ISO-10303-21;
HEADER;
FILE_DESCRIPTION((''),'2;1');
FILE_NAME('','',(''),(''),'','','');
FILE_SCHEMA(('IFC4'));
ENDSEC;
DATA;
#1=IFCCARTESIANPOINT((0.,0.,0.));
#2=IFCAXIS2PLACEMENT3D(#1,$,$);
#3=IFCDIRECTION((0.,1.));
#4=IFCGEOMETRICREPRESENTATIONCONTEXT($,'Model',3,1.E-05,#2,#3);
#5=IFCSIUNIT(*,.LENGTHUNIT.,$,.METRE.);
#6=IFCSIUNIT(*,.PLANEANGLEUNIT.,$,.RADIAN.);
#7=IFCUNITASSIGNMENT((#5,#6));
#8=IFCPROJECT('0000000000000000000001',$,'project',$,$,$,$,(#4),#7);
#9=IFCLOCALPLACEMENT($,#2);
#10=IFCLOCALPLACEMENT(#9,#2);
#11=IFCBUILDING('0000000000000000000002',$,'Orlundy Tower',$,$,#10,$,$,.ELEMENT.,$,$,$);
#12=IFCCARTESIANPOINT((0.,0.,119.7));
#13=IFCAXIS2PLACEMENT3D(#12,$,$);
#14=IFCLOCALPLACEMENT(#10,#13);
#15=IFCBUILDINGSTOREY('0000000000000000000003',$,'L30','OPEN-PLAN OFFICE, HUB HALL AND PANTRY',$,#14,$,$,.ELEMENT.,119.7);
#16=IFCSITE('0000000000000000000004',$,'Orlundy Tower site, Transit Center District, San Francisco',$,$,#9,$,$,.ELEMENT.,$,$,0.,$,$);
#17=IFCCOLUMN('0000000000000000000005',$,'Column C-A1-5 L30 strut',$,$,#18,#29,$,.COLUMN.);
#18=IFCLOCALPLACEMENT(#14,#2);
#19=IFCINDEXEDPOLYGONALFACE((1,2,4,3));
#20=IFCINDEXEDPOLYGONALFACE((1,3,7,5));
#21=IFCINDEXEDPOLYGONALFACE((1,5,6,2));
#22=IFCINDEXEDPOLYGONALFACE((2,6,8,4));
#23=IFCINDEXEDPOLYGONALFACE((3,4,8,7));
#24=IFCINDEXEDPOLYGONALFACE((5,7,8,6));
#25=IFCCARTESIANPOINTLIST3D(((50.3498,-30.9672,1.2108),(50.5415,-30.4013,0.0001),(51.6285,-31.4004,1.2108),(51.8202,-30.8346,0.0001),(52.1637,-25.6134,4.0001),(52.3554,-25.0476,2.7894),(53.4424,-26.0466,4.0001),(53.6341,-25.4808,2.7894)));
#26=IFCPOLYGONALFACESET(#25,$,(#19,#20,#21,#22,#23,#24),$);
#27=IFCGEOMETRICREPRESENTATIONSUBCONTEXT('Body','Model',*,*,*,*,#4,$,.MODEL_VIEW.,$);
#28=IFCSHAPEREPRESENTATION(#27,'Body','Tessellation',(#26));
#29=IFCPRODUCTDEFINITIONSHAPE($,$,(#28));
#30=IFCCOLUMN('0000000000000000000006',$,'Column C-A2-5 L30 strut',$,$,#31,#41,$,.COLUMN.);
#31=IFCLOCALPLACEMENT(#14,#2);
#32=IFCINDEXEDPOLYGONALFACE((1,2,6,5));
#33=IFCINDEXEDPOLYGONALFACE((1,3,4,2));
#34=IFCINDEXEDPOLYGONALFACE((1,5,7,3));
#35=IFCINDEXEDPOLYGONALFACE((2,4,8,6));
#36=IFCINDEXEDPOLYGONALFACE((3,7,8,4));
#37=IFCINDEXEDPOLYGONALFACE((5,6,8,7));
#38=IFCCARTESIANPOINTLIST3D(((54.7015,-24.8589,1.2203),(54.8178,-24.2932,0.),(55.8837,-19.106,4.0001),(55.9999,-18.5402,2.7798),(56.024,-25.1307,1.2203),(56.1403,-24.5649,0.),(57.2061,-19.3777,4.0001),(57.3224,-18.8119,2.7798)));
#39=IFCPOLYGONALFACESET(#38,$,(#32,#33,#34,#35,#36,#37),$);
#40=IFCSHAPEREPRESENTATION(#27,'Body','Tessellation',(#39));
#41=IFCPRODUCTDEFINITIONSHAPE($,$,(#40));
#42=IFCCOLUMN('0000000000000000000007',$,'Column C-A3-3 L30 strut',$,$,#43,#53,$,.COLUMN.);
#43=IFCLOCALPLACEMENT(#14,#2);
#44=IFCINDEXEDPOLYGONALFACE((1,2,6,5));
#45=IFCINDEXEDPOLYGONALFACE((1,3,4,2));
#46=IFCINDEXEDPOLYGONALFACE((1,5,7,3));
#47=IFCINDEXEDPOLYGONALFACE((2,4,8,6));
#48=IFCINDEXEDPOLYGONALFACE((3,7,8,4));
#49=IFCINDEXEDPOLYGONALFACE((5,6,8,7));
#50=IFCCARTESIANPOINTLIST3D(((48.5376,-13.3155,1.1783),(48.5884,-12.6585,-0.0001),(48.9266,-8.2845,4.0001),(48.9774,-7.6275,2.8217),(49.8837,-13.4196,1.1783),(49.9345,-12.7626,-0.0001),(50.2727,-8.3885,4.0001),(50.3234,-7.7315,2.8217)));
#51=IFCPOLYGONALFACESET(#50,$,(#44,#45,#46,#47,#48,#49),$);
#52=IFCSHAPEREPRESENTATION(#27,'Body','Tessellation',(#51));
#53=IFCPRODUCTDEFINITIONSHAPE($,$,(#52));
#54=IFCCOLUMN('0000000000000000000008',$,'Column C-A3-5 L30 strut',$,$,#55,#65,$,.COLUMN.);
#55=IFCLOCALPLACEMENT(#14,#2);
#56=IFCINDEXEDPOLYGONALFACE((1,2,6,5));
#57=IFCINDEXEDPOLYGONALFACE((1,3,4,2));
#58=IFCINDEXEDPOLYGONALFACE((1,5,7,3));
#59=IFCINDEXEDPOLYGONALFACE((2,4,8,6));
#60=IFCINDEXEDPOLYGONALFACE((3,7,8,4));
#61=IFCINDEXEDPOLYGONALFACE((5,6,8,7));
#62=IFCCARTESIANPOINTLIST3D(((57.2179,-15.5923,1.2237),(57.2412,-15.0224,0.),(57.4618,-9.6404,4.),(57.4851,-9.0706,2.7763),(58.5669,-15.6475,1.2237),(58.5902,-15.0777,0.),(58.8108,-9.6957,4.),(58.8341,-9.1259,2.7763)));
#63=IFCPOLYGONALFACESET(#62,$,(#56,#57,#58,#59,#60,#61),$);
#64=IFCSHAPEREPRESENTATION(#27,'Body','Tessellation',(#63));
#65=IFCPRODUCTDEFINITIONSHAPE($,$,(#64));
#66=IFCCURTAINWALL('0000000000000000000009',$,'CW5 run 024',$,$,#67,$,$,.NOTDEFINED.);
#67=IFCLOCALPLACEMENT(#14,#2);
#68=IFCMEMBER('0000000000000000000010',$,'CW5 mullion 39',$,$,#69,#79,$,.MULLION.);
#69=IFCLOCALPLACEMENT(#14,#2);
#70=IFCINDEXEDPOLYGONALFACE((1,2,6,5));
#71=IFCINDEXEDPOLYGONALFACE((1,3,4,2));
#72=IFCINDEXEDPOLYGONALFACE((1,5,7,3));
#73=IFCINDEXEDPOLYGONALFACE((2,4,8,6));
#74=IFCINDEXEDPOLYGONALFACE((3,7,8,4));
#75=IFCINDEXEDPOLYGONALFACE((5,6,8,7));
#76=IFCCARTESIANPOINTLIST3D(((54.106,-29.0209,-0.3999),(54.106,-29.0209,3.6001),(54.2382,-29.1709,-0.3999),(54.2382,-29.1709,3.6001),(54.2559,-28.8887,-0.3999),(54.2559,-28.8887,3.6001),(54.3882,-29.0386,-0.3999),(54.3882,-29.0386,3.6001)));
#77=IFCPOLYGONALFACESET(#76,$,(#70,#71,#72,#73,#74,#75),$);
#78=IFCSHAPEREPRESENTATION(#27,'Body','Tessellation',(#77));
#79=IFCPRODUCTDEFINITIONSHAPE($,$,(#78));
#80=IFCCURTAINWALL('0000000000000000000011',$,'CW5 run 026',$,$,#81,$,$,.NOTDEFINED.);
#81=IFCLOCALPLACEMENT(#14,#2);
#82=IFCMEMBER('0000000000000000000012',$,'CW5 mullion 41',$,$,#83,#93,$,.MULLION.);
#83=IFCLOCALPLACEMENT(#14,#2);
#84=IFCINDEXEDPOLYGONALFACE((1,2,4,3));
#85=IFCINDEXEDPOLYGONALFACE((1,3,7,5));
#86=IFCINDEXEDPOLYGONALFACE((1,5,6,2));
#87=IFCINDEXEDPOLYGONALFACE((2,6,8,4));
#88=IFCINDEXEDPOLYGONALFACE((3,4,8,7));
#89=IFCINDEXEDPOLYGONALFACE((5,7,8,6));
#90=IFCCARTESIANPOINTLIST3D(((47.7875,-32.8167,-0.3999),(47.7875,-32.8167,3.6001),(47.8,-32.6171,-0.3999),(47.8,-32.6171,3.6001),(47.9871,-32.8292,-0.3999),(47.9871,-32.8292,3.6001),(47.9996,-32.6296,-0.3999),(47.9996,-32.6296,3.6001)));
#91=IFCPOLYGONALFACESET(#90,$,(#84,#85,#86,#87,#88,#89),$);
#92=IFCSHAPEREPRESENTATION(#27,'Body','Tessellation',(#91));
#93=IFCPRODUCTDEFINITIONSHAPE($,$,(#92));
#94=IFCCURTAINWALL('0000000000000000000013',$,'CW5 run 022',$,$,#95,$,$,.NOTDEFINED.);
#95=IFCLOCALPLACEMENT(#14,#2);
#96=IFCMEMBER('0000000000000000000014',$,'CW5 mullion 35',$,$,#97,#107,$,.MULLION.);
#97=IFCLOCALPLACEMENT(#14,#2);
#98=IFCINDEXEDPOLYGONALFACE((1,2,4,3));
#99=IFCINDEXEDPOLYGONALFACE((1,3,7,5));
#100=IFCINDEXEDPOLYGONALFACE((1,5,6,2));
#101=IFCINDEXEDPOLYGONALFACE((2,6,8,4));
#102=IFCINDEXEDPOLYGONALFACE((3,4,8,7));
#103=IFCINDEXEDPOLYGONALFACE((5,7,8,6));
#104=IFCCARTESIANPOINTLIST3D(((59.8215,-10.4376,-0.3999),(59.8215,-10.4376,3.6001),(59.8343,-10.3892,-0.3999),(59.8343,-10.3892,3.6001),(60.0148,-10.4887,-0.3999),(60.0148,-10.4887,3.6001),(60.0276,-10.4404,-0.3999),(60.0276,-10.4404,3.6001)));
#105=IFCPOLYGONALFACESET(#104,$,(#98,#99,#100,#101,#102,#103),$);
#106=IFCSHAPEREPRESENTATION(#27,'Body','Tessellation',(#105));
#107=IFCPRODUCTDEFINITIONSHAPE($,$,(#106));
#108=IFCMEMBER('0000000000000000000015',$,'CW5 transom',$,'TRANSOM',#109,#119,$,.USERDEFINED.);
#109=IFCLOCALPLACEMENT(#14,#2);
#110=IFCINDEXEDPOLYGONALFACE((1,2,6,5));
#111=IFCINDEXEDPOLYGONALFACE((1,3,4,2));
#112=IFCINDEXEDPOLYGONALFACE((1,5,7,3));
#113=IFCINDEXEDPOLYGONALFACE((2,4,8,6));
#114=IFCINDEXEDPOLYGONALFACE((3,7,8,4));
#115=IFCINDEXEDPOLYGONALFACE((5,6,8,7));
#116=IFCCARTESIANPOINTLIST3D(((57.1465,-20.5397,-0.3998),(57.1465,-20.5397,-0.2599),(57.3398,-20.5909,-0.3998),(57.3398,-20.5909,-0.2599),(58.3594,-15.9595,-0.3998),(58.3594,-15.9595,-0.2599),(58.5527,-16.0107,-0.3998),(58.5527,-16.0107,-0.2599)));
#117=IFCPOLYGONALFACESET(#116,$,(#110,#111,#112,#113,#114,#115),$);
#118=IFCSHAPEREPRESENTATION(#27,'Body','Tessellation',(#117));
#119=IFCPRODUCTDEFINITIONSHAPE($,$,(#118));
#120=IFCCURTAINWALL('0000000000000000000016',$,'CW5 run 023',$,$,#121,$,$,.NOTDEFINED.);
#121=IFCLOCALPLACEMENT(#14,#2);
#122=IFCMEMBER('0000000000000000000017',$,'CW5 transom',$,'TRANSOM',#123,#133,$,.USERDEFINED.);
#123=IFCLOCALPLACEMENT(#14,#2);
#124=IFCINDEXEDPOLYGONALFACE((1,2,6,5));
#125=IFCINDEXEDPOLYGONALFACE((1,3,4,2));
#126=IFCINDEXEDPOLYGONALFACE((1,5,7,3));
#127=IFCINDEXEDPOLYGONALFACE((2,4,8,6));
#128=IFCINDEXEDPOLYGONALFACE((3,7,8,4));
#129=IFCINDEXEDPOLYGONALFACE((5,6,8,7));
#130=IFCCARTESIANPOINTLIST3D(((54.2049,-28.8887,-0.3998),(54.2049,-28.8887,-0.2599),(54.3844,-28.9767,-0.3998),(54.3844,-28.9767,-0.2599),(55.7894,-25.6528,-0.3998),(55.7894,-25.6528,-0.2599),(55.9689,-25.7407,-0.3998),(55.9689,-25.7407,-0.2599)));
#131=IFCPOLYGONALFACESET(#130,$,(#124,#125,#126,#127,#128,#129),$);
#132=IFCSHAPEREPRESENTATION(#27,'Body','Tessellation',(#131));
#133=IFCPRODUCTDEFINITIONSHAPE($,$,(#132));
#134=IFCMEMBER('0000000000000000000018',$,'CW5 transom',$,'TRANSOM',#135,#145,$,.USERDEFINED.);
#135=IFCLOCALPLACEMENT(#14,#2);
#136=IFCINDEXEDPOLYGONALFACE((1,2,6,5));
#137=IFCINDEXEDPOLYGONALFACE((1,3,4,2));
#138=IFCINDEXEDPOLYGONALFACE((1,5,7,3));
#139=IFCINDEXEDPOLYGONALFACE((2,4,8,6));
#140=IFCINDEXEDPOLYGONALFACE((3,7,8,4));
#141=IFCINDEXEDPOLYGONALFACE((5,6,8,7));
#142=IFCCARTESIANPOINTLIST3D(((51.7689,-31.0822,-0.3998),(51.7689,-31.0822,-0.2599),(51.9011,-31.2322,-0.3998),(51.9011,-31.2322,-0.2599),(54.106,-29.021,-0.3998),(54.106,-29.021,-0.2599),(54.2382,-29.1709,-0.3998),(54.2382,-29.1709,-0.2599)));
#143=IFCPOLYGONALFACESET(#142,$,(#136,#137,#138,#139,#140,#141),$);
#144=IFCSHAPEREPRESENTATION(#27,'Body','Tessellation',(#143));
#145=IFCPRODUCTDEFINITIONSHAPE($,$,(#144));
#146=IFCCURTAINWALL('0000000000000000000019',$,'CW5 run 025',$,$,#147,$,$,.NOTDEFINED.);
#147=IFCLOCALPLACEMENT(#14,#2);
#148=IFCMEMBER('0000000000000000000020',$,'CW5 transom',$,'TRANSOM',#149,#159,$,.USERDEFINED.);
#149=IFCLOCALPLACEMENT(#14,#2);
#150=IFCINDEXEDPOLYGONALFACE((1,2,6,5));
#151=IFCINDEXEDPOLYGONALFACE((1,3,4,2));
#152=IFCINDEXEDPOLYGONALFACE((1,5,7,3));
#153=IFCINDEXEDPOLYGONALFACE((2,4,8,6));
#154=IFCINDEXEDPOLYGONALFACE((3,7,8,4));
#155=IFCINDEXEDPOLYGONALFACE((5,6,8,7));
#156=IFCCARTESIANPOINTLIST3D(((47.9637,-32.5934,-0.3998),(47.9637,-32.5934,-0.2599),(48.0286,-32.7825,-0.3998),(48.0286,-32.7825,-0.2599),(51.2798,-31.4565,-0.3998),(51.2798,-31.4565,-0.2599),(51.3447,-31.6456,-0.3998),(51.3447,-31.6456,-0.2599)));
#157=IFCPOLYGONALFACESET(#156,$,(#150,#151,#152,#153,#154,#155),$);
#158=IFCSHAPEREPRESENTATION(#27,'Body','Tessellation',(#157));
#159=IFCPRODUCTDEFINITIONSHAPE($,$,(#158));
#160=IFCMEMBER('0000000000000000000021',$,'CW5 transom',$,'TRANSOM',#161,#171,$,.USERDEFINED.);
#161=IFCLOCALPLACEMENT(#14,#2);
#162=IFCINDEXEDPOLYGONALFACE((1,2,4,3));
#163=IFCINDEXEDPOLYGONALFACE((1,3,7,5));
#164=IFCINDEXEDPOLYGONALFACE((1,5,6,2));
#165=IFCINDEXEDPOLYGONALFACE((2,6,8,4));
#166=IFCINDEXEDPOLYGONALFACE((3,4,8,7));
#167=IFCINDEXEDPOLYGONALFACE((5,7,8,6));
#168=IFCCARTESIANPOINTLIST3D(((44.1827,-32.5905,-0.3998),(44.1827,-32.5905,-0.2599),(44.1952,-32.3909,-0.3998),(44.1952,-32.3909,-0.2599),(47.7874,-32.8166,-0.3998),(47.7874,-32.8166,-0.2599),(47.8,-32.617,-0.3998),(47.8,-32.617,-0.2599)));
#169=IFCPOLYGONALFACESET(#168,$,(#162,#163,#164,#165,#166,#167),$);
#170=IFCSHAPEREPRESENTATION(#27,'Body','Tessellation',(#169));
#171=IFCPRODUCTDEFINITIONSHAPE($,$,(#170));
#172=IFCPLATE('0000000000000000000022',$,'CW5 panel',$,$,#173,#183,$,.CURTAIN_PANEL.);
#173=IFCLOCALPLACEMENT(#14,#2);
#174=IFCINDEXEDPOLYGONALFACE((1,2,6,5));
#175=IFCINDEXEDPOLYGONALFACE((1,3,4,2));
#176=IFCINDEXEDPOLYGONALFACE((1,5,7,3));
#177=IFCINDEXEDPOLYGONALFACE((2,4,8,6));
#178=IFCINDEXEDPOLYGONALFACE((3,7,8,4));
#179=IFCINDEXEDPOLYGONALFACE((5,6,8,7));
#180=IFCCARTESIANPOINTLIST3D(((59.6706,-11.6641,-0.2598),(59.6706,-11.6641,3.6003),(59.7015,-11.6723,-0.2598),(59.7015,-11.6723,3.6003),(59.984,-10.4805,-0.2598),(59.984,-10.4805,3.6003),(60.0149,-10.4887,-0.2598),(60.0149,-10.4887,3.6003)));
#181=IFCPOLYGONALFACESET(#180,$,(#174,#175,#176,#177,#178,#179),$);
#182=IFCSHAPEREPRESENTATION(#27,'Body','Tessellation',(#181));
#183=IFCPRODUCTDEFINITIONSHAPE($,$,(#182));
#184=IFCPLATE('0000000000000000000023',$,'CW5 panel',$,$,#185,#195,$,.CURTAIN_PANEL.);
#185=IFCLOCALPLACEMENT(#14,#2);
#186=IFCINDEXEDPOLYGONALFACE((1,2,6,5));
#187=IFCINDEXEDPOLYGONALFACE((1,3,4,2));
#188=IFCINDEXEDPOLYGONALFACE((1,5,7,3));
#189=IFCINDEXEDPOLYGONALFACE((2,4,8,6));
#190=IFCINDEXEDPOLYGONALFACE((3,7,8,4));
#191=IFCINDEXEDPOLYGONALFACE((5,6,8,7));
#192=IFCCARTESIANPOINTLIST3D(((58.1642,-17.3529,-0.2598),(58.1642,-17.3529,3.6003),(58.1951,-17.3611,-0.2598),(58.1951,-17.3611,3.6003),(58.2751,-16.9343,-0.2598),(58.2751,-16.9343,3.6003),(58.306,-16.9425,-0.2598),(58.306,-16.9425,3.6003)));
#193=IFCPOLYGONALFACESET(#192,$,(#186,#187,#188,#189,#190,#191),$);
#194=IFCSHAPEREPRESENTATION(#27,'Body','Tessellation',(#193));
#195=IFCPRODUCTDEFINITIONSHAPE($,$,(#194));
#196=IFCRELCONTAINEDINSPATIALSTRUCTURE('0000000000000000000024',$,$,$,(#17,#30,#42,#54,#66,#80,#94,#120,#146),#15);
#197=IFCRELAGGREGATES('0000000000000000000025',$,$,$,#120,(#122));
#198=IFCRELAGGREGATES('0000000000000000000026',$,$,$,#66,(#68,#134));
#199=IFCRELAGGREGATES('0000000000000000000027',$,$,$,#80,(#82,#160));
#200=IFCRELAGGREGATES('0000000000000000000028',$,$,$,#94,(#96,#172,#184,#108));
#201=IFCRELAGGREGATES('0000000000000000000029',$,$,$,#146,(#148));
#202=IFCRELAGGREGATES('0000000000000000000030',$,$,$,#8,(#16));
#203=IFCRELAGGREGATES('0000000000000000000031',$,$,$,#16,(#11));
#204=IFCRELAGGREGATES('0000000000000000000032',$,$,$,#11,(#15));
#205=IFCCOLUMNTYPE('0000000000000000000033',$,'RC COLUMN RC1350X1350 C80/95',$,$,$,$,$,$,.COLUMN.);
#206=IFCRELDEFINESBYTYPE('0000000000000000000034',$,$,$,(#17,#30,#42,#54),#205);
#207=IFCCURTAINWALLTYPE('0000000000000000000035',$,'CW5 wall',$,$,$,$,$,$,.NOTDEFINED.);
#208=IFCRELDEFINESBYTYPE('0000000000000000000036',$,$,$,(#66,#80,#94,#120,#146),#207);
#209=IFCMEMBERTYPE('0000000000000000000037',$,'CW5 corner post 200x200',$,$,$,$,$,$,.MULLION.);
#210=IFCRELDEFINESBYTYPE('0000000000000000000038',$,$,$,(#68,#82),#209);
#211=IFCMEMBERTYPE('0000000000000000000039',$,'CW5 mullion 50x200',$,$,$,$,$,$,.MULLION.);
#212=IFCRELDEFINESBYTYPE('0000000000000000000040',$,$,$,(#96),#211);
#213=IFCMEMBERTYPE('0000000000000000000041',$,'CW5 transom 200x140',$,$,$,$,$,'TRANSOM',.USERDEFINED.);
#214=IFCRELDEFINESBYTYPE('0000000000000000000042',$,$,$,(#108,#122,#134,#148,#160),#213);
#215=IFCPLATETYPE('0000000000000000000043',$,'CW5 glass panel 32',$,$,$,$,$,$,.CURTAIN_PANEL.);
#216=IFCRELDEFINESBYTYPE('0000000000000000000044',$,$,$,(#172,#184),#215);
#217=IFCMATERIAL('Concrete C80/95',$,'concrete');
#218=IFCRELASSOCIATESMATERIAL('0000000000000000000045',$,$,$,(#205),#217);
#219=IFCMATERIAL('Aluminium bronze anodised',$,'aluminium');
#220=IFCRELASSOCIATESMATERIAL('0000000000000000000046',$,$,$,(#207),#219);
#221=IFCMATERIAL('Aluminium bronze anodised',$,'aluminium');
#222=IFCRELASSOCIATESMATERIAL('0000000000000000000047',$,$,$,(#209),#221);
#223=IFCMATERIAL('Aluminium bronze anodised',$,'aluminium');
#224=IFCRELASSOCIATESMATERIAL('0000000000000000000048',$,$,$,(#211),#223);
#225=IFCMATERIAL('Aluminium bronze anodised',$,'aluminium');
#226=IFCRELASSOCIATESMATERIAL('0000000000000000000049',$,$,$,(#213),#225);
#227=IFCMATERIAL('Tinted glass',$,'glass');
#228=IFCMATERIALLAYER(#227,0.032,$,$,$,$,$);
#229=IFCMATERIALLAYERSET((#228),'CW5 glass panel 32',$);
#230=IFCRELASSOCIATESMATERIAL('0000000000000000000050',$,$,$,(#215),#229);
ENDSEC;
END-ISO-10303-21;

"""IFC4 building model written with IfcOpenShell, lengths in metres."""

from ifc_helpers import new_model, si_unit, direction, frame, origin, origin_2d, place, context, subcontext, project, spatial, rectangle, extrude, material, layer, layer_set, material_profile, profile_set, type_object, element, aggregate, save


model = new_model("IFC4")

# Units and contexts
model_context = context("Model", 3, precision=1e-05, world=origin(), true_north=direction((0.0, 1.0)))
body_context = subcontext(model_context, "Body", "Model", "MODEL_VIEW")
ifc_project = project(units=[si_unit("LENGTHUNIT", "METRE"), si_unit("PLANEANGLEUNIT", "RADIAN")], contexts=[model_context])

# Site, building, storey
site_placement = place(None, origin())
site = spatial("IfcSite", under=ifc_project, at=site_placement, Name="Orlundy Tower site, Transit Center District, San Francisco", CompositionType="ELEMENT", RefElevation=0.0)
building_placement = place(site_placement, origin())
building = spatial("IfcBuilding", under=site, at=building_placement, Name="Orlundy Tower", CompositionType="ELEMENT")
storey_placement = place(building_placement, frame((0.0, 0.0, 119.7)))
storey = spatial("IfcBuildingStorey", under=building, at=storey_placement, Name="L30", Description="OPEN-PLAN OFFICE, HUB HALL AND PANTRY", CompositionType="ELEMENT", Elevation=119.7)

# Columns
ifc_material_1 = material(Name="Concrete C80/95", Category="concrete")
ifc_material_profile_1 = material_profile(ifc_material_1, rectangle(XDim=1.3501, YDim=1.3501, at=origin_2d()), Name="RC1350X1350")
ifc_profile_set_1 = profile_set([ifc_material_profile_1], Name="Concrete C80/95")
column_type = type_object("IfcColumnType", Name="RC COLUMN RC1350X1350 C80/95", PredefinedType="COLUMN", material=ifc_profile_set_1)
column_1_placement = place(storey_placement, frame((51.085, -30.9009, 0.6055), z_axis=(0.287773, 0.849338, 0.442505), x_axis=(-0.947113, 0.320901, 0.0)))
element("IfcColumn", 1, at=column_1_placement, inside=storey, type_object=column_type, Name="Column C-A1-5 L30 strut", PredefinedType="COLUMN", context=body_context, shape_type="SweptSolid", body=[
    extrude(rectangle(XDim=1.3501, YDim=1.3501, at=origin_2d()), origin(), (0.0, 0.0, 1.0), 6.3035),
])
column_2_placement = place(storey_placement, frame((55.4209, -24.7119, 0.6101), z_axis=(0.181929, 0.885372, 0.427807), x_axis=(-0.979534, 0.201278, 0.0)))
element("IfcColumn", 2, at=column_2_placement, inside=storey, type_object=column_type, Name="Column C-A2-5 L30 strut", PredefinedType="COLUMN", context=body_context, shape_type="SweptSolid", body=[
    extrude(rectangle(XDim=1.3501, YDim=1.3501, at=origin_2d()), origin(), (0.0, 0.0, 1.0), 6.4978),
])
column_3_placement = place(storey_placement, frame((49.2361, -13.0391, 0.5891), z_axis=(0.06727, 0.870204, 0.488078), x_axis=(-0.997025, 0.077074, 0.0)))
element("IfcColumn", 3, at=column_3_placement, inside=storey, type_object=column_type, Name="Column C-A3-3 L30 strut", PredefinedType="COLUMN", context=body_context, shape_type="SweptSolid", body=[
    extrude(rectangle(XDim=1.3501, YDim=1.3501, at=origin_2d()), origin(), (0.0, 0.0, 1.0), 5.7815),
])
column_4_placement = place(storey_placement, frame((57.9041, -15.335, 0.6118), z_axis=(0.037111, 0.905628, 0.422446), x_axis=(-0.999161, 0.040944, 0.0)))
element("IfcColumn", 4, at=column_4_placement, inside=storey, type_object=column_type, Name="Column C-A3-5 L30 strut", PredefinedType="COLUMN", context=body_context, shape_type="SweptSolid", body=[
    extrude(rectangle(XDim=1.3501, YDim=1.3501, at=origin_2d()), origin(), (0.0, 0.0, 1.0), 6.572),
])

# Curtain walls, members
ifc_material_2 = material(Name="Aluminium bronze anodised", Category="aluminium")
curtain_wall_type = type_object("IfcCurtainWallType", Name="CW5 wall", PredefinedType="NOTDEFINED", material=ifc_material_2)
curtain_wall_1_placement = place(storey_placement, origin())
curtain_wall_1 = element("IfcCurtainWall", 5, at=curtain_wall_1_placement, inside=storey, type_object=curtain_wall_type, Name="CW5 run 024", PredefinedType="NOTDEFINED")
ifc_material_3 = material(Name="Aluminium bronze anodised", Category="aluminium")
ifc_material_profile_2 = material_profile(ifc_material_3, rectangle(XDim=0.2, YDim=0.2, at=origin_2d()), Name="CW5 corner post 200x200")
ifc_profile_set_2 = profile_set([ifc_material_profile_2], Name="Aluminium bronze anodised")
member_type_1 = type_object("IfcMemberType", Name="CW5 corner post 200x200", PredefinedType="MULLION", material=ifc_profile_set_2)
member_1_placement = place(storey_placement, frame((54.2471, -29.0298, -0.3999), z_axis=(0.0, 0.0, 1.0), x_axis=(0.661479, -0.749964, 0.0)))
member_1 = element("IfcMember", 6, at=member_1_placement, type_object=member_type_1, Name="CW5 mullion 39", PredefinedType="MULLION", context=body_context, shape_type="SweptSolid", body=[
    extrude(rectangle(XDim=0.2, YDim=0.2, at=origin_2d()), origin(), (0.0, 0.0, 1.0), 4.0),
])
curtain_wall_2_placement = place(storey_placement, origin())
curtain_wall_2 = element("IfcCurtainWall", 7, at=curtain_wall_2_placement, inside=storey, type_object=curtain_wall_type, Name="CW5 run 026", PredefinedType="NOTDEFINED")
member_2_placement = place(storey_placement, frame((47.8936, -32.7231, -0.3999), z_axis=(0.0, 0.0, 1.0), x_axis=(-0.06258, -0.99804, 0.0)))
member_2 = element("IfcMember", 8, at=member_2_placement, type_object=member_type_1, Name="CW5 mullion 41", PredefinedType="MULLION", context=body_context, shape_type="SweptSolid", body=[
    extrude(rectangle(XDim=0.2, YDim=0.2, at=origin_2d()), origin(), (0.0, 0.0, 1.0), 4.0),
])

# Curtain wall, members
curtain_wall_3_placement = place(storey_placement, origin())
curtain_wall_3 = element("IfcCurtainWall", 9, at=curtain_wall_3_placement, inside=storey, type_object=curtain_wall_type, Name="CW5 run 022", PredefinedType="NOTDEFINED")
ifc_material_4 = material(Name="Aluminium bronze anodised", Category="aluminium")
ifc_material_profile_3 = material_profile(ifc_material_4, rectangle(XDim=0.2, YDim=0.05, at=origin_2d()), Name="CW5 mullion 50x200")
ifc_profile_set_3 = profile_set([ifc_material_profile_3], Name="Aluminium bronze anodised")
member_type_2 = type_object("IfcMemberType", Name="CW5 mullion 50x200", PredefinedType="MULLION", material=ifc_profile_set_3)
member_3_placement = place(storey_placement, frame((59.9246, -10.439, -0.3999), z_axis=(0.0, 0.0, 1.0), x_axis=(0.966679, -0.255991, 0.0)))
member_3 = element("IfcMember", 10, at=member_3_placement, type_object=member_type_2, Name="CW5 mullion 35", PredefinedType="MULLION", context=body_context, shape_type="SweptSolid", body=[
    extrude(rectangle(XDim=0.2, YDim=0.05, at=origin_2d()), origin(), (0.0, 0.0, 1.0), 4.0),
])
ifc_material_5 = material(Name="Aluminium bronze anodised", Category="aluminium")
ifc_material_profile_4 = material_profile(ifc_material_5, rectangle(XDim=0.2, YDim=0.1399, at=origin_2d()), Name="CW5 transom 200x140")
ifc_profile_set_4 = profile_set([ifc_material_profile_4], Name="Aluminium bronze anodised")
member_type_3 = type_object("IfcMemberType", Name="CW5 transom 200x140", ElementType="TRANSOM", PredefinedType="USERDEFINED", material=ifc_profile_set_4)
member_4_placement = place(storey_placement, frame((58.4561, -15.9851, -0.3298), z_axis=(-0.255995, -0.966678, 0.0), x_axis=(0.966678, -0.255995, 0.0)))
member_4 = element("IfcMember", 11, at=member_4_placement, type_object=member_type_3, Name="CW5 transom", ObjectType="TRANSOM", PredefinedType="USERDEFINED", context=body_context, shape_type="SweptSolid", body=[
    extrude(rectangle(XDim=0.2, YDim=0.1399, at=origin_2d()), origin(), (0.0, 0.0, 1.0), 4.738),
])

# Curtain wall, member
curtain_wall_4_placement = place(storey_placement, origin())
curtain_wall_4 = element("IfcCurtainWall", 12, at=curtain_wall_4_placement, inside=storey, type_object=curtain_wall_type, Name="CW5 run 023", PredefinedType="NOTDEFINED")
member_5_placement = place(storey_placement, frame((55.8792, -25.6968, -0.3298), z_axis=(-0.439772, -0.89811, 0.0), x_axis=(0.89811, -0.439772, 0.0)))
member_5 = element("IfcMember", 13, at=member_5_placement, type_object=member_type_3, Name="CW5 transom", ObjectType="TRANSOM", PredefinedType="USERDEFINED", context=body_context, shape_type="SweptSolid", body=[
    extrude(rectangle(XDim=0.2, YDim=0.1399, at=origin_2d()), origin(), (0.0, 0.0, 1.0), 3.603),
])

# Member
member_6_placement = place(storey_placement, frame((54.1721, -29.0959, -0.3298), z_axis=(-0.749984, -0.661456, 0.0), x_axis=(0.661456, -0.749984, 0.0)))
member_6 = element("IfcMember", 14, at=member_6_placement, type_object=member_type_3, Name="CW5 transom", ObjectType="TRANSOM", PredefinedType="USERDEFINED", context=body_context, shape_type="SweptSolid", body=[
    extrude(rectangle(XDim=0.2, YDim=0.1399, at=origin_2d()), origin(), (0.0, 0.0, 1.0), 3.1162),
])

# Curtain wall, member
curtain_wall_5_placement = place(storey_placement, origin())
curtain_wall_5 = element("IfcCurtainWall", 15, at=curtain_wall_5_placement, inside=storey, type_object=curtain_wall_type, Name="CW5 run 025", PredefinedType="NOTDEFINED")
member_7_placement = place(storey_placement, frame((51.3123, -31.551, -0.3298), z_axis=(-0.945947, -0.324323, 0.0), x_axis=(0.324323, -0.945947, 0.0)))
member_7 = element("IfcMember", 16, at=member_7_placement, type_object=member_type_3, Name="CW5 transom", ObjectType="TRANSOM", PredefinedType="USERDEFINED", context=body_context, shape_type="SweptSolid", body=[
    extrude(rectangle(XDim=0.2, YDim=0.1399, at=origin_2d()), origin(), (0.0, 0.0, 1.0), 3.5056),
])

# Member
member_8_placement = place(storey_placement, frame((47.7937, -32.7168, -0.3298), z_axis=(-0.998039, 0.062593, 0.0), x_axis=(-0.062593, -0.998039, 0.0)))
member_8 = element("IfcMember", 17, at=member_8_placement, type_object=member_type_3, Name="CW5 transom", ObjectType="TRANSOM", PredefinedType="USERDEFINED", context=body_context, shape_type="SweptSolid", body=[
    extrude(rectangle(XDim=0.2, YDim=0.1399, at=origin_2d()), origin(), (0.0, 0.0, 1.0), 3.6118),
])

# Plates
ifc_material_6 = material(Name="Tinted glass", Category="glass")
ifc_layer_1 = layer(ifc_material_6, 0.032)
ifc_layer_set_1 = layer_set([ifc_layer_1], Name="CW5 glass panel 32")
plate_type_1 = type_object("IfcPlateType", Name="CW5 glass panel 32", PredefinedType="CURTAIN_PANEL", material=ifc_layer_set_1)
plate_1_placement = place(storey_placement, frame((59.8428, -11.0764, -0.2598), z_axis=(0.0, 0.0, 1.0), x_axis=(-0.255991, -0.966679, 0.0)))
plate_1 = element("IfcPlate", 18, at=plate_1_placement, type_object=plate_type_1, Name="CW5 panel", PredefinedType="CURTAIN_PANEL", context=body_context, shape_type="SweptSolid", body=[
    extrude(rectangle(XDim=1.2244, YDim=0.032, at=origin_2d()), origin(), (0.0, 0.0, 1.0), 3.8601),
])
plate_2_placement = place(storey_placement, frame((58.2351, -17.1477, -0.2598), z_axis=(0.0, 0.0, 1.0), x_axis=(-0.255991, -0.966679, 0.0)))
plate_2 = element("IfcPlate", 19, at=plate_2_placement, type_object=plate_type_1, Name="CW5 panel", PredefinedType="CURTAIN_PANEL", context=body_context, shape_type="SweptSolid", body=[
    extrude(rectangle(XDim=0.4331, YDim=0.032, at=origin_2d()), origin(), (0.0, 0.0, 1.0), 3.8601),
])
aggregate(curtain_wall_4, [member_5])
aggregate(curtain_wall_1, [member_1, member_6])
aggregate(curtain_wall_2, [member_2, member_8])
aggregate(curtain_wall_3, [member_3, plate_1, plate_2, member_4])
aggregate(curtain_wall_5, [member_7])

save(model, "model.ifc")
